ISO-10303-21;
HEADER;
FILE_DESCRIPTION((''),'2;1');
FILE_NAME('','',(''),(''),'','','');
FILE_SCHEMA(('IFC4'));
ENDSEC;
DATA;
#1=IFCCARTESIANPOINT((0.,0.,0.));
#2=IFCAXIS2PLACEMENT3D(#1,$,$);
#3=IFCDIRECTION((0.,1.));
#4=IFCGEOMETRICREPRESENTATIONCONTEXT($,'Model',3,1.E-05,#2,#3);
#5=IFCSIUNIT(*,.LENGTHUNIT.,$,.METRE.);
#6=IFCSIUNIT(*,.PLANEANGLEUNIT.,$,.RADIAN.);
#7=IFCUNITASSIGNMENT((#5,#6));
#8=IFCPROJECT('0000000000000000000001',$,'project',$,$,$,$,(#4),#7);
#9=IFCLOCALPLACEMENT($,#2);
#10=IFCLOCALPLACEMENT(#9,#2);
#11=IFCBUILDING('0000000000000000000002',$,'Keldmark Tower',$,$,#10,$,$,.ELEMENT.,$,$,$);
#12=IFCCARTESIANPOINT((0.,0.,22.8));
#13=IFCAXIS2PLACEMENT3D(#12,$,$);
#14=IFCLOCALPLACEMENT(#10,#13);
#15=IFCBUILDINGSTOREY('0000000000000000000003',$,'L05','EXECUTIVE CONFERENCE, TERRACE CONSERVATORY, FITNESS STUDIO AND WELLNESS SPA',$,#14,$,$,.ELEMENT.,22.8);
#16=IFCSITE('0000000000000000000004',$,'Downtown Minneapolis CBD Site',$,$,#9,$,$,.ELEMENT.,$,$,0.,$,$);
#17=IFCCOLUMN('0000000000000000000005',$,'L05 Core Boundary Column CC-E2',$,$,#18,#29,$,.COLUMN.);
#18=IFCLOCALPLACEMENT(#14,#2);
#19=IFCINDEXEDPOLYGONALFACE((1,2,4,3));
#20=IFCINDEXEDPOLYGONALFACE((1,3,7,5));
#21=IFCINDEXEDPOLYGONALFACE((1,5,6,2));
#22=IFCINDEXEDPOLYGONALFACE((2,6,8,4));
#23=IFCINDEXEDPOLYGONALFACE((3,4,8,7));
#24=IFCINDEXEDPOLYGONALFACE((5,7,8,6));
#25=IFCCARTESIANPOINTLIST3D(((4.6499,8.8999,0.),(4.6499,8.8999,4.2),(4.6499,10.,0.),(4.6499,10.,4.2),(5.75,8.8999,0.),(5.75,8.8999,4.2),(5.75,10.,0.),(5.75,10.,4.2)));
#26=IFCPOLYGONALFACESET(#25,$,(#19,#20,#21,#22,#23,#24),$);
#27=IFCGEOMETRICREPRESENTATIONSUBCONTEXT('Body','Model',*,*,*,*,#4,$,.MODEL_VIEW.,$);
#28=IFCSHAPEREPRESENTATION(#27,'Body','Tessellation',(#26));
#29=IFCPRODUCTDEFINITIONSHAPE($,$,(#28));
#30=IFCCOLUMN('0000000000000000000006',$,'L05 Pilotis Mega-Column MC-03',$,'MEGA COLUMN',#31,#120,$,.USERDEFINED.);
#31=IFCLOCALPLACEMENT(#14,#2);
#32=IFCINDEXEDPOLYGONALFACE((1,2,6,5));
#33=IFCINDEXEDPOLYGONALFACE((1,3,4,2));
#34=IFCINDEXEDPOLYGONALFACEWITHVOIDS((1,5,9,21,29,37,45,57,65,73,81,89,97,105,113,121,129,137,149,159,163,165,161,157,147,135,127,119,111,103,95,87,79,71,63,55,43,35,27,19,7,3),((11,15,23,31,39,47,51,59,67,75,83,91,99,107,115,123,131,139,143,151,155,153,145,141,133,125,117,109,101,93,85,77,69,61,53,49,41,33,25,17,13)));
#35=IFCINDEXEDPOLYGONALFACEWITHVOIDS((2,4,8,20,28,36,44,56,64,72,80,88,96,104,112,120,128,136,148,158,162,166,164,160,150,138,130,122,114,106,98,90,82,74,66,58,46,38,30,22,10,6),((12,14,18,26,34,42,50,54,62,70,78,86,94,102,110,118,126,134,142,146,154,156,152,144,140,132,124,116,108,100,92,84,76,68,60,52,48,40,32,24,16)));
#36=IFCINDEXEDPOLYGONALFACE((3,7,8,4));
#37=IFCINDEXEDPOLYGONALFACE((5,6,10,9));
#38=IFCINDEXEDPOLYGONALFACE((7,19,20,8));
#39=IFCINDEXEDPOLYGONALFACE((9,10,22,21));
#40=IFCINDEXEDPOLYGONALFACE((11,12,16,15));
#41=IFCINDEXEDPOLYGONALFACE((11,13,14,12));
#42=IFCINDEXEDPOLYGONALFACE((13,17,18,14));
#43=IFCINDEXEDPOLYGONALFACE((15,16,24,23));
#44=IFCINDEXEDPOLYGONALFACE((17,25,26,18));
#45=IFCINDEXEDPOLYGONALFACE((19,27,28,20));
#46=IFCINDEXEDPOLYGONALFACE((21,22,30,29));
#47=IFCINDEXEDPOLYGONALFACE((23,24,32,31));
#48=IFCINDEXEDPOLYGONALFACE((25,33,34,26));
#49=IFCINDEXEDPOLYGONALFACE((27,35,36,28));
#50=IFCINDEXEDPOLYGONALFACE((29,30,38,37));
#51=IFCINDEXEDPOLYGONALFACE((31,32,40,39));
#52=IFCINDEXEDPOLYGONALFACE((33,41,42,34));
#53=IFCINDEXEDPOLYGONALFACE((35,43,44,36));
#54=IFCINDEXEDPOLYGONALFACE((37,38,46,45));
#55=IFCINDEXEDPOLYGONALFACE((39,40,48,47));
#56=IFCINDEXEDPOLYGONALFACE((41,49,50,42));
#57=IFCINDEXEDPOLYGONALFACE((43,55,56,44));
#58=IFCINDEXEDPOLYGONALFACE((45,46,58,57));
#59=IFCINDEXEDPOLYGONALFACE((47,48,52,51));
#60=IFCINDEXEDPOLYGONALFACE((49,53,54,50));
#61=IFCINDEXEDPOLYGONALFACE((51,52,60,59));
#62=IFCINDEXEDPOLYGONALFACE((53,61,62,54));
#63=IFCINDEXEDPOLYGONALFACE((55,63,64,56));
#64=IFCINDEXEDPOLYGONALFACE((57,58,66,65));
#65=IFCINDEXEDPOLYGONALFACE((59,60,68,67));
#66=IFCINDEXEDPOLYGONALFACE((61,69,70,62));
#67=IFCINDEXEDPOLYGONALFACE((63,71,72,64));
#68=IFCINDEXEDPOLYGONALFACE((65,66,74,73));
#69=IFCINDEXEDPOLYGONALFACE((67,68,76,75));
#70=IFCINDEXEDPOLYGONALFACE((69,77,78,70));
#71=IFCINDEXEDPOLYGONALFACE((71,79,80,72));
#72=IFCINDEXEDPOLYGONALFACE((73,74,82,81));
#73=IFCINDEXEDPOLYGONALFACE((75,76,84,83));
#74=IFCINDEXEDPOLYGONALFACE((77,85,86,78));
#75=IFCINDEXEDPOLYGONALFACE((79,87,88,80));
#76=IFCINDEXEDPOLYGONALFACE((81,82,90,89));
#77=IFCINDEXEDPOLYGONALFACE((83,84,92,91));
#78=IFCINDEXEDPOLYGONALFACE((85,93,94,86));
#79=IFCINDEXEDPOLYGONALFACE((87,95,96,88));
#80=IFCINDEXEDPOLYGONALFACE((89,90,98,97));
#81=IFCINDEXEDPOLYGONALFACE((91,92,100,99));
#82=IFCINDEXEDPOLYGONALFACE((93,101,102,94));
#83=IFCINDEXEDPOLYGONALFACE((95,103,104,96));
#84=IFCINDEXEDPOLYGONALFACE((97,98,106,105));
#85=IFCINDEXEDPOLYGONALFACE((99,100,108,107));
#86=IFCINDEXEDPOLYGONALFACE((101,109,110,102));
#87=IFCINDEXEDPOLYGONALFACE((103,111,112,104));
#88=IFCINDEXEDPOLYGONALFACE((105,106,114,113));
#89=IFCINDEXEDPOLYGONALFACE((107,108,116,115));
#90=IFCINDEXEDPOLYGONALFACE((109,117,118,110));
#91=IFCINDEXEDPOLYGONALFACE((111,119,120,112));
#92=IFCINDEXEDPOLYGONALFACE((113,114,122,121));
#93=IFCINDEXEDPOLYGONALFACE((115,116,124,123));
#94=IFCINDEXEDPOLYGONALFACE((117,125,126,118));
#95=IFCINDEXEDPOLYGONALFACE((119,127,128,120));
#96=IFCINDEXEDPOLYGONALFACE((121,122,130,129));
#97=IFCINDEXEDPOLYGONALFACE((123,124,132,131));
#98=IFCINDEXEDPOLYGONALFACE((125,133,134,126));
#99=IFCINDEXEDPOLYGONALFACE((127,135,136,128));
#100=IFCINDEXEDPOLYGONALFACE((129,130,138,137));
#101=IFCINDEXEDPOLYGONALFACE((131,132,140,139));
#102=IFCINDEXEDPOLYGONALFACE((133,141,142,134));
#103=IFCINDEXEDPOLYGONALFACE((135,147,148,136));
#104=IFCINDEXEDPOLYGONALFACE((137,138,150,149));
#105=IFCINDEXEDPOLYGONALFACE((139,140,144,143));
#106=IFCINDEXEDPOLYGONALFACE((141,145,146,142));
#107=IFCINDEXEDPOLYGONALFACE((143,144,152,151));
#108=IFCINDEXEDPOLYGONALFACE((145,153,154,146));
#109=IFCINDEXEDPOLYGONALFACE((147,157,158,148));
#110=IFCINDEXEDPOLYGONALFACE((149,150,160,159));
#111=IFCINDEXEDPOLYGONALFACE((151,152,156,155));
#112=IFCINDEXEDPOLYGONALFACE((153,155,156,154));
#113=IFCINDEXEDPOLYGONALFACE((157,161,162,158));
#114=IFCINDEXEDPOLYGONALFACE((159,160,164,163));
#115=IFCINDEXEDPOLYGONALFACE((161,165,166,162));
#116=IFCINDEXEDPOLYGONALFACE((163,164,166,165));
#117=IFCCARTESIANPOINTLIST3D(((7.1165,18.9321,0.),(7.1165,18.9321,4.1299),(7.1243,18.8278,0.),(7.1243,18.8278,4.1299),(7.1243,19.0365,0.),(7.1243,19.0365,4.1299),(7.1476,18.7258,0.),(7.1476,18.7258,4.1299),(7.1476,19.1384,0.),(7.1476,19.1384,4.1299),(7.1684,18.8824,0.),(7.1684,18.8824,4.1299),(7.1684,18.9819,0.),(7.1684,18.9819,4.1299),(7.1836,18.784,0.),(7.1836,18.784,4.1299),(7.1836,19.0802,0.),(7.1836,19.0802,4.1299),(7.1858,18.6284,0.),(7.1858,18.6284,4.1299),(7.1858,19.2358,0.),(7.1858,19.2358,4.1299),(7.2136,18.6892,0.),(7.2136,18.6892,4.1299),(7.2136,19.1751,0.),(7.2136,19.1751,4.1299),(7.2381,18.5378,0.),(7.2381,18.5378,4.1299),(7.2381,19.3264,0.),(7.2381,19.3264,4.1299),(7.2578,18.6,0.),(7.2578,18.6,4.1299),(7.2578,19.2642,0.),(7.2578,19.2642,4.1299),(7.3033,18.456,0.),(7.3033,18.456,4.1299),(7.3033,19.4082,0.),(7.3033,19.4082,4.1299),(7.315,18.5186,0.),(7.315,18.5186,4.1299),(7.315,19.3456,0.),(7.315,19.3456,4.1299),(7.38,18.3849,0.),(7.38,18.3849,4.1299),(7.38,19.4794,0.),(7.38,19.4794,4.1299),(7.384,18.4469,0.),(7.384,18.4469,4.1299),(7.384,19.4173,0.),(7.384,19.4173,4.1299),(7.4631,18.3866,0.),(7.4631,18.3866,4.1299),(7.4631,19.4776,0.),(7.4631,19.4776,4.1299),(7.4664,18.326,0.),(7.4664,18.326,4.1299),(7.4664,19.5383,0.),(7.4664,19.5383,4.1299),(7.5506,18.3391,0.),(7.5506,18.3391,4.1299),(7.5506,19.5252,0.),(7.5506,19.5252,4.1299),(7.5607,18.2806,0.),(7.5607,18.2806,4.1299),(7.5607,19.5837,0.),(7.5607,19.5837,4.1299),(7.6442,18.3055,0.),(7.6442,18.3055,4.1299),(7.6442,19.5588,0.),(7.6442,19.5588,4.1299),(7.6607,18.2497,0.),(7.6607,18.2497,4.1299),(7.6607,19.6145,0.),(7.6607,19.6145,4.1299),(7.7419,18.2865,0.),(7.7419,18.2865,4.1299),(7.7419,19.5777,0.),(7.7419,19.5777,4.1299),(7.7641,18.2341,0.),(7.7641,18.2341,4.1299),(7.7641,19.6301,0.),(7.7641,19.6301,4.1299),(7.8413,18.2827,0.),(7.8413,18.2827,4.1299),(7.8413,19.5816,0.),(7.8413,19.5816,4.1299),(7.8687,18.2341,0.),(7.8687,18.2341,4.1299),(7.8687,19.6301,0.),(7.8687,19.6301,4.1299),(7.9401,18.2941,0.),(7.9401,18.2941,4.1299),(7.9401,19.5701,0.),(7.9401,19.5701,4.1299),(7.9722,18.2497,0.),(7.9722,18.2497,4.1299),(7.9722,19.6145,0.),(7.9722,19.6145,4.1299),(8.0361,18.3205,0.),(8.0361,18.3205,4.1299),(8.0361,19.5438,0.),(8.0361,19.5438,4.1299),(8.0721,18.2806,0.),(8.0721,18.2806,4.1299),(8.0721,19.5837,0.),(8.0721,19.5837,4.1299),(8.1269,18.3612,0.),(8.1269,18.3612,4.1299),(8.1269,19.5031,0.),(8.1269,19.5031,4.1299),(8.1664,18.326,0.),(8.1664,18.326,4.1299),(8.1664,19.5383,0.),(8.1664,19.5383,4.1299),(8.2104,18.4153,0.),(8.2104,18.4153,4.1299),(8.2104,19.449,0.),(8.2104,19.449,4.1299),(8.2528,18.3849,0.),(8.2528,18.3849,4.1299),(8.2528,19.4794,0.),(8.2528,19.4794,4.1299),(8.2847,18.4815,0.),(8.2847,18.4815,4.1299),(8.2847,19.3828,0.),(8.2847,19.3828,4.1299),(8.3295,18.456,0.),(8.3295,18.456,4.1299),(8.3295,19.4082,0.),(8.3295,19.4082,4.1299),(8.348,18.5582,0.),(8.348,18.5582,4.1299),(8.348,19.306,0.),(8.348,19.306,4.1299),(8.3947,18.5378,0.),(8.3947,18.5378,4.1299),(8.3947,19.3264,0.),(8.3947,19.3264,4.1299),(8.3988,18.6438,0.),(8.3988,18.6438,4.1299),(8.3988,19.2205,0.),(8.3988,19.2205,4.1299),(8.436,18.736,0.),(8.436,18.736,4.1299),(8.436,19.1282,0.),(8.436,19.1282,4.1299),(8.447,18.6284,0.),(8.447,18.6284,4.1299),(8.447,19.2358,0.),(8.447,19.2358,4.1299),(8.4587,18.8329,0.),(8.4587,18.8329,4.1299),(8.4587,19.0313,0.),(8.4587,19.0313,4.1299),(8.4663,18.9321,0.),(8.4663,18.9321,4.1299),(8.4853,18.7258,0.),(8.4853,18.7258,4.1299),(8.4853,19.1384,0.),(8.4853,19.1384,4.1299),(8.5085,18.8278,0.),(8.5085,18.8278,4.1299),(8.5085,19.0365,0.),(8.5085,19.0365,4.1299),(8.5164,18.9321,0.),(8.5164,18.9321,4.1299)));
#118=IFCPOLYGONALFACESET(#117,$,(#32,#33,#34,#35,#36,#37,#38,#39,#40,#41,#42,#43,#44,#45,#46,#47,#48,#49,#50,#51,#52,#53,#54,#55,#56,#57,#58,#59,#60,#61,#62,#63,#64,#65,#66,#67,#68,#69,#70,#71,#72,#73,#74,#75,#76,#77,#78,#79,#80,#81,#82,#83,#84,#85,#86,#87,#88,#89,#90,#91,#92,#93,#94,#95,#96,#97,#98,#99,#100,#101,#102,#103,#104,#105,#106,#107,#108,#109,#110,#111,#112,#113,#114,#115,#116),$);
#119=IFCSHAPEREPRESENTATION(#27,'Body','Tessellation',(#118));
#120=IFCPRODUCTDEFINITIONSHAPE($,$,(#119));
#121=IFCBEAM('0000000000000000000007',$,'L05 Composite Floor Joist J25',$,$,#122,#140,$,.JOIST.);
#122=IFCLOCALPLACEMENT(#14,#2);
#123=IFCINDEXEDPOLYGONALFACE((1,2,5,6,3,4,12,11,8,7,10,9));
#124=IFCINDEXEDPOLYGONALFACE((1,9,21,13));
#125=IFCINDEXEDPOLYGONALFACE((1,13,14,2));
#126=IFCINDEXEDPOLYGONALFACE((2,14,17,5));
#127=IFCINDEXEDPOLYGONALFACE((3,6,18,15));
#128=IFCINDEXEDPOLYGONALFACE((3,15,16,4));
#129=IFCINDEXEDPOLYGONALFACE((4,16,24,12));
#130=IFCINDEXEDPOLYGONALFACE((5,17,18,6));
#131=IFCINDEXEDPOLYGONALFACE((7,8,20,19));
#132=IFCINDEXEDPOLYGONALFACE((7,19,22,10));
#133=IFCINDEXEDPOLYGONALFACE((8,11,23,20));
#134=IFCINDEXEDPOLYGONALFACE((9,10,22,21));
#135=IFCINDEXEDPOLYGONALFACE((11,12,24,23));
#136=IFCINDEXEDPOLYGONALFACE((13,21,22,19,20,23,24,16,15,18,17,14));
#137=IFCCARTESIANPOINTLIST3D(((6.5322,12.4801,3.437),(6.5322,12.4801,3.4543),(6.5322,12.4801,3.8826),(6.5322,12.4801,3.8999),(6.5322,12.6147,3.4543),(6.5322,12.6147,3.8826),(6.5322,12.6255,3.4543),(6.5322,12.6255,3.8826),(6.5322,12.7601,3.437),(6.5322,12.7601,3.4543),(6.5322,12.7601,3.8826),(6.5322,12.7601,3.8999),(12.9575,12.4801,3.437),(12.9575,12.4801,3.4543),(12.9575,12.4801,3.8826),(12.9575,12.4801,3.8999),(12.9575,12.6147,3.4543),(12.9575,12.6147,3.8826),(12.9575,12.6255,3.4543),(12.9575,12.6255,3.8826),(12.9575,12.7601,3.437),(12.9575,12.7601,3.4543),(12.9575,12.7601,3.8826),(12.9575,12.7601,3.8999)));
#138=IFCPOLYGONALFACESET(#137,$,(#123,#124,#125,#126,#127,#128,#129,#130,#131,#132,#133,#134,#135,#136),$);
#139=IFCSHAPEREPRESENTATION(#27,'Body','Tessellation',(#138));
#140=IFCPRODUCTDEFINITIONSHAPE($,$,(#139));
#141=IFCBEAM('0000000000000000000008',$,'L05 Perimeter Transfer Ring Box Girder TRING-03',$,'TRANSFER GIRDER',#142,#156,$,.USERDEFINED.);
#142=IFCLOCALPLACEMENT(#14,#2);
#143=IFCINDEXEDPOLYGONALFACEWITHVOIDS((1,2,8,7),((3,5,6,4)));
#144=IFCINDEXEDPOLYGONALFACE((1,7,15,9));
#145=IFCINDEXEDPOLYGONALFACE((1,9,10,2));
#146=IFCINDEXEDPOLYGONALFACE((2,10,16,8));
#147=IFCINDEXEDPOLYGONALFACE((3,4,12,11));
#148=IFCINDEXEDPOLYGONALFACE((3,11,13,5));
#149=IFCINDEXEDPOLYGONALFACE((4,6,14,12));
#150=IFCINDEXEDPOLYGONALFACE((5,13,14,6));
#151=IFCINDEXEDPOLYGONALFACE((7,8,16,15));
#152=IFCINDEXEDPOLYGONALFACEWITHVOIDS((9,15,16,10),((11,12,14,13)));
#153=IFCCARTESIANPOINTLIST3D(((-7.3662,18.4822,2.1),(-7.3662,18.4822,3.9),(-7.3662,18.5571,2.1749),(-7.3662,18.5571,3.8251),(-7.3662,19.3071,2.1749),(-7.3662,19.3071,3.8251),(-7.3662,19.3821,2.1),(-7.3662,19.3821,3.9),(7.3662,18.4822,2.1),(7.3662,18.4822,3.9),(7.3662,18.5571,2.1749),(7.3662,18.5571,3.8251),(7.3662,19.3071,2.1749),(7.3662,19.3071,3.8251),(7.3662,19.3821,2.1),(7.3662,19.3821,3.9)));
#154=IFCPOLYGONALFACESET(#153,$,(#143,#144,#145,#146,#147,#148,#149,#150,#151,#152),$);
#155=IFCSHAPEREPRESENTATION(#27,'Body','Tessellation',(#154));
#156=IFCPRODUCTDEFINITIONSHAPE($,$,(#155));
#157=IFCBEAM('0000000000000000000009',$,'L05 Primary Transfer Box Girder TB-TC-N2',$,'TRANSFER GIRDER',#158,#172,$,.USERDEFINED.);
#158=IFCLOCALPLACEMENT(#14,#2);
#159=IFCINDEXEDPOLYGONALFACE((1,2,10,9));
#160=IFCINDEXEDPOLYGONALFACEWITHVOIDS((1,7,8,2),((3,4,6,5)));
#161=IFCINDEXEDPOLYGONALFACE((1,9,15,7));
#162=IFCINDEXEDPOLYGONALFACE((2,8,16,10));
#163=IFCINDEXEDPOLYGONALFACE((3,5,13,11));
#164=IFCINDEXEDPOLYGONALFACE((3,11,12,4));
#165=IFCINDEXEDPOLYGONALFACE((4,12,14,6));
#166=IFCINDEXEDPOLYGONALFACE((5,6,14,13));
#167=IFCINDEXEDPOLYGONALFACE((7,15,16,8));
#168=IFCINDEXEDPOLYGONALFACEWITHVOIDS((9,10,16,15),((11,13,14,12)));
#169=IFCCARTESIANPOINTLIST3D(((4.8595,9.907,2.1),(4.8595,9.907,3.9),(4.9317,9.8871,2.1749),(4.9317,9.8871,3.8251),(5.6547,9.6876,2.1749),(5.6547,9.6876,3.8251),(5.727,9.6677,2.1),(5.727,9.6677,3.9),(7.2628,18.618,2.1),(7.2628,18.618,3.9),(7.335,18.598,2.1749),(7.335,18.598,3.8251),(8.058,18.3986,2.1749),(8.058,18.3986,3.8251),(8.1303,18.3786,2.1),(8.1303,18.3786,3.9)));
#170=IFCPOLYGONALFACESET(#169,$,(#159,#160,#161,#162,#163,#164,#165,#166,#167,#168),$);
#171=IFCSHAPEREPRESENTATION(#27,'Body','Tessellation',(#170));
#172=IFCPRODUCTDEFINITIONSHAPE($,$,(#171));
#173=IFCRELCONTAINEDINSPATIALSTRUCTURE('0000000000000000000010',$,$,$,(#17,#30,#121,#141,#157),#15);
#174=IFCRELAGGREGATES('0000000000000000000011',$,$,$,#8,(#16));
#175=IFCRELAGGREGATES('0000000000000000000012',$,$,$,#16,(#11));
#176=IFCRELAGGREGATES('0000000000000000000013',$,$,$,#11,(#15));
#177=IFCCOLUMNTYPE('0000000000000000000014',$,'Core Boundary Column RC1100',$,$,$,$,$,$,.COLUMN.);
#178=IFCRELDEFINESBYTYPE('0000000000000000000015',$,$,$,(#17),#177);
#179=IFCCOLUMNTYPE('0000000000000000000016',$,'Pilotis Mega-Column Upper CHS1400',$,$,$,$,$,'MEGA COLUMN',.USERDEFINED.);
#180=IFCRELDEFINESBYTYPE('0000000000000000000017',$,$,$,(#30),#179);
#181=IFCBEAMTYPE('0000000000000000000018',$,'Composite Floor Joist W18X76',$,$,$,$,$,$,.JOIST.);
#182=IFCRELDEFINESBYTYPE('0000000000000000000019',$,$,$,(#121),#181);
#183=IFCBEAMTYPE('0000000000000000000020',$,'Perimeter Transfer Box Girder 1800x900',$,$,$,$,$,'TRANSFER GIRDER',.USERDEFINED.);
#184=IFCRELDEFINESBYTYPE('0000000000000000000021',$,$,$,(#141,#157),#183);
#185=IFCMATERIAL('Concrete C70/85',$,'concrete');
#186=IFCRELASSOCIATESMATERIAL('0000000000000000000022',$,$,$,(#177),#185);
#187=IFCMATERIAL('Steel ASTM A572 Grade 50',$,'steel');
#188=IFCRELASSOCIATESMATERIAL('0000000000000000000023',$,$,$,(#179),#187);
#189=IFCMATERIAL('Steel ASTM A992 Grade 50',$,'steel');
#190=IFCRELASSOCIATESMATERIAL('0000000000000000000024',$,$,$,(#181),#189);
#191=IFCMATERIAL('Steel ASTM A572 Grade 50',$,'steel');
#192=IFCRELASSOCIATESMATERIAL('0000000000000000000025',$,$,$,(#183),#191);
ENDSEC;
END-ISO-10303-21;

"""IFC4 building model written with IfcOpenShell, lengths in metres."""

from ifc_helpers import new_model, si_unit, direction, frame, origin, origin_2d, place, context, subcontext, project, spatial, rectangle, hollow_rectangle, hollow_circle, i_section, extrude, material, material_profile, profile_set, type_object, element, save


model = new_model("IFC4")

# Units and contexts
model_context = context("Model", 3, precision=1e-05, world=origin(), true_north=direction((0.0, 1.0)))
body_context = subcontext(model_context, "Body", "Model", "MODEL_VIEW")
ifc_project = project(units=[si_unit("LENGTHUNIT", "METRE"), si_unit("PLANEANGLEUNIT", "RADIAN")], contexts=[model_context])

# Site, building, storey
site_placement = place(None, origin())
site = spatial("IfcSite", under=ifc_project, at=site_placement, Name="Downtown Minneapolis CBD Site", CompositionType="ELEMENT", RefElevation=0.0)
building_placement = place(site_placement, origin())
building = spatial("IfcBuilding", under=site, at=building_placement, Name="Keldmark Tower", CompositionType="ELEMENT")
storey_placement = place(building_placement, frame((0.0, 0.0, 22.8)))
storey = spatial("IfcBuildingStorey", under=building, at=storey_placement, Name="L05", Description="EXECUTIVE CONFERENCE, TERRACE CONSERVATORY, FITNESS STUDIO AND WELLNESS SPA", CompositionType="ELEMENT", Elevation=22.8)

# Columns
ifc_material_1 = material(Name="Concrete C70/85", Category="concrete")
ifc_material_profile_1 = material_profile(ifc_material_1, rectangle(XDim=1.1001, YDim=1.1001, at=origin_2d()), Name="RC1100X1100")
ifc_profile_set_1 = profile_set([ifc_material_profile_1], Name="Concrete C70/85")
column_type_1 = type_object("IfcColumnType", Name="Core Boundary Column RC1100", PredefinedType="COLUMN", material=ifc_profile_set_1)
column_1_placement = place(storey_placement, frame((5.2, 9.45, 0.0), z_axis=(0.0, 0.0, 1.0), x_axis=(1.0, 0.0, 0.0)))
element("IfcColumn", 1, at=column_1_placement, inside=storey, type_object=column_type_1, Name="L05 Core Boundary Column CC-E2", PredefinedType="COLUMN", context=body_context, shape_type="SweptSolid", body=[
    extrude(rectangle(XDim=1.1001, YDim=1.1001, at=origin_2d()), origin(), (0.0, 0.0, 1.0), 4.2),
])
ifc_material_2 = material(Name="Steel ASTM A572 Grade 50", Category="steel")
ifc_material_profile_2 = material_profile(ifc_material_2, hollow_circle(Radius=0.7, WallThickness=0.05, at=origin_2d()), Name="CHS1400X50")
ifc_profile_set_2 = profile_set([ifc_material_profile_2], Name="Steel ASTM A572 Grade 50")
column_type_2 = type_object("IfcColumnType", Name="Pilotis Mega-Column Upper CHS1400", ElementType="MEGA COLUMN", PredefinedType="USERDEFINED", material=ifc_profile_set_2)
column_2_placement = place(storey_placement, frame((7.8164, 18.9321, 0.0), z_axis=(0.0, 0.0, 1.0), x_axis=(1.0, 0.0, 0.0)))
element("IfcColumn", 2, at=column_2_placement, inside=storey, type_object=column_type_2, Name="L05 Pilotis Mega-Column MC-03", ObjectType="MEGA COLUMN", PredefinedType="USERDEFINED", context=body_context, shape_type="SweptSolid", body=[
    extrude(hollow_circle(Radius=0.7, WallThickness=0.05, at=origin_2d()), origin(), (0.0, 0.0, 1.0), 4.1299),
])

# Beams
ifc_material_3 = material(Name="Steel ASTM A992 Grade 50", Category="steel")
ifc_material_profile_3 = material_profile(ifc_material_3, i_section(OverallWidth=0.28, OverallDepth=0.4629, WebThickness=0.0107, FlangeThickness=0.0173, at=origin_2d()), Name="W18X76")
ifc_profile_set_3 = profile_set([ifc_material_profile_3], Name="Steel ASTM A992 Grade 50")
beam_type_1 = type_object("IfcBeamType", Name="Composite Floor Joist W18X76", PredefinedType="JOIST", material=ifc_profile_set_3)
beam_1_placement = place(storey_placement, frame((6.5322, 12.6201, 3.6685), z_axis=(1.0, 0.0, 0.0), x_axis=(0.0, 1.0, 0.0)))
element("IfcBeam", 3, at=beam_1_placement, inside=storey, type_object=beam_type_1, Name="L05 Composite Floor Joist J25", PredefinedType="JOIST", context=body_context, shape_type="SweptSolid", body=[
    extrude(i_section(OverallWidth=0.28, OverallDepth=0.4629, WebThickness=0.0107, FlangeThickness=0.0173, at=origin_2d()), origin(), (0.0, 0.0, 1.0), 6.4253),
])
ifc_material_4 = material(Name="Steel ASTM A572 Grade 50", Category="steel")
ifc_material_profile_4 = material_profile(ifc_material_4, hollow_rectangle(XDim=0.8999, YDim=1.8, WallThickness=0.075, at=origin_2d()), Name="TBOX1800X900X75")
ifc_profile_set_4 = profile_set([ifc_material_profile_4], Name="Steel ASTM A572 Grade 50")
beam_type_2 = type_object("IfcBeamType", Name="Perimeter Transfer Box Girder 1800x900", ElementType="TRANSFER GIRDER", PredefinedType="USERDEFINED", material=ifc_profile_set_4)
beam_2_placement = place(storey_placement, frame((7.3662, 18.9321, 3.0), z_axis=(-1.0, 0.0, 0.0), x_axis=(0.0, -1.0, 0.0)))
element("IfcBeam", 4, at=beam_2_placement, inside=storey, type_object=beam_type_2, Name="L05 Perimeter Transfer Ring Box Girder TRING-03", ObjectType="TRANSFER GIRDER", PredefinedType="USERDEFINED", context=body_context, shape_type="SweptSolid", body=[
    extrude(hollow_rectangle(XDim=0.8999, YDim=1.8, WallThickness=0.075, at=origin_2d()), origin(), (0.0, 0.0, 1.0), 14.7324),
])
beam_3_placement = place(storey_placement, frame((7.6965, 18.4983, 3.0), z_axis=(-0.26596, -0.963984, 0.0), x_axis=(0.963984, -0.26596, 0.0)))
element("IfcBeam", 5, at=beam_3_placement, inside=storey, type_object=beam_type_2, Name="L05 Primary Transfer Box Girder TB-TC-N2", ObjectType="TRANSFER GIRDER", PredefinedType="USERDEFINED", context=body_context, shape_type="SweptSolid", body=[
    extrude(hollow_rectangle(XDim=0.8999, YDim=1.8, WallThickness=0.075, at=origin_2d()), origin(), (0.0, 0.0, 1.0), 9.0364),
])

save(model, "model.ifc")
